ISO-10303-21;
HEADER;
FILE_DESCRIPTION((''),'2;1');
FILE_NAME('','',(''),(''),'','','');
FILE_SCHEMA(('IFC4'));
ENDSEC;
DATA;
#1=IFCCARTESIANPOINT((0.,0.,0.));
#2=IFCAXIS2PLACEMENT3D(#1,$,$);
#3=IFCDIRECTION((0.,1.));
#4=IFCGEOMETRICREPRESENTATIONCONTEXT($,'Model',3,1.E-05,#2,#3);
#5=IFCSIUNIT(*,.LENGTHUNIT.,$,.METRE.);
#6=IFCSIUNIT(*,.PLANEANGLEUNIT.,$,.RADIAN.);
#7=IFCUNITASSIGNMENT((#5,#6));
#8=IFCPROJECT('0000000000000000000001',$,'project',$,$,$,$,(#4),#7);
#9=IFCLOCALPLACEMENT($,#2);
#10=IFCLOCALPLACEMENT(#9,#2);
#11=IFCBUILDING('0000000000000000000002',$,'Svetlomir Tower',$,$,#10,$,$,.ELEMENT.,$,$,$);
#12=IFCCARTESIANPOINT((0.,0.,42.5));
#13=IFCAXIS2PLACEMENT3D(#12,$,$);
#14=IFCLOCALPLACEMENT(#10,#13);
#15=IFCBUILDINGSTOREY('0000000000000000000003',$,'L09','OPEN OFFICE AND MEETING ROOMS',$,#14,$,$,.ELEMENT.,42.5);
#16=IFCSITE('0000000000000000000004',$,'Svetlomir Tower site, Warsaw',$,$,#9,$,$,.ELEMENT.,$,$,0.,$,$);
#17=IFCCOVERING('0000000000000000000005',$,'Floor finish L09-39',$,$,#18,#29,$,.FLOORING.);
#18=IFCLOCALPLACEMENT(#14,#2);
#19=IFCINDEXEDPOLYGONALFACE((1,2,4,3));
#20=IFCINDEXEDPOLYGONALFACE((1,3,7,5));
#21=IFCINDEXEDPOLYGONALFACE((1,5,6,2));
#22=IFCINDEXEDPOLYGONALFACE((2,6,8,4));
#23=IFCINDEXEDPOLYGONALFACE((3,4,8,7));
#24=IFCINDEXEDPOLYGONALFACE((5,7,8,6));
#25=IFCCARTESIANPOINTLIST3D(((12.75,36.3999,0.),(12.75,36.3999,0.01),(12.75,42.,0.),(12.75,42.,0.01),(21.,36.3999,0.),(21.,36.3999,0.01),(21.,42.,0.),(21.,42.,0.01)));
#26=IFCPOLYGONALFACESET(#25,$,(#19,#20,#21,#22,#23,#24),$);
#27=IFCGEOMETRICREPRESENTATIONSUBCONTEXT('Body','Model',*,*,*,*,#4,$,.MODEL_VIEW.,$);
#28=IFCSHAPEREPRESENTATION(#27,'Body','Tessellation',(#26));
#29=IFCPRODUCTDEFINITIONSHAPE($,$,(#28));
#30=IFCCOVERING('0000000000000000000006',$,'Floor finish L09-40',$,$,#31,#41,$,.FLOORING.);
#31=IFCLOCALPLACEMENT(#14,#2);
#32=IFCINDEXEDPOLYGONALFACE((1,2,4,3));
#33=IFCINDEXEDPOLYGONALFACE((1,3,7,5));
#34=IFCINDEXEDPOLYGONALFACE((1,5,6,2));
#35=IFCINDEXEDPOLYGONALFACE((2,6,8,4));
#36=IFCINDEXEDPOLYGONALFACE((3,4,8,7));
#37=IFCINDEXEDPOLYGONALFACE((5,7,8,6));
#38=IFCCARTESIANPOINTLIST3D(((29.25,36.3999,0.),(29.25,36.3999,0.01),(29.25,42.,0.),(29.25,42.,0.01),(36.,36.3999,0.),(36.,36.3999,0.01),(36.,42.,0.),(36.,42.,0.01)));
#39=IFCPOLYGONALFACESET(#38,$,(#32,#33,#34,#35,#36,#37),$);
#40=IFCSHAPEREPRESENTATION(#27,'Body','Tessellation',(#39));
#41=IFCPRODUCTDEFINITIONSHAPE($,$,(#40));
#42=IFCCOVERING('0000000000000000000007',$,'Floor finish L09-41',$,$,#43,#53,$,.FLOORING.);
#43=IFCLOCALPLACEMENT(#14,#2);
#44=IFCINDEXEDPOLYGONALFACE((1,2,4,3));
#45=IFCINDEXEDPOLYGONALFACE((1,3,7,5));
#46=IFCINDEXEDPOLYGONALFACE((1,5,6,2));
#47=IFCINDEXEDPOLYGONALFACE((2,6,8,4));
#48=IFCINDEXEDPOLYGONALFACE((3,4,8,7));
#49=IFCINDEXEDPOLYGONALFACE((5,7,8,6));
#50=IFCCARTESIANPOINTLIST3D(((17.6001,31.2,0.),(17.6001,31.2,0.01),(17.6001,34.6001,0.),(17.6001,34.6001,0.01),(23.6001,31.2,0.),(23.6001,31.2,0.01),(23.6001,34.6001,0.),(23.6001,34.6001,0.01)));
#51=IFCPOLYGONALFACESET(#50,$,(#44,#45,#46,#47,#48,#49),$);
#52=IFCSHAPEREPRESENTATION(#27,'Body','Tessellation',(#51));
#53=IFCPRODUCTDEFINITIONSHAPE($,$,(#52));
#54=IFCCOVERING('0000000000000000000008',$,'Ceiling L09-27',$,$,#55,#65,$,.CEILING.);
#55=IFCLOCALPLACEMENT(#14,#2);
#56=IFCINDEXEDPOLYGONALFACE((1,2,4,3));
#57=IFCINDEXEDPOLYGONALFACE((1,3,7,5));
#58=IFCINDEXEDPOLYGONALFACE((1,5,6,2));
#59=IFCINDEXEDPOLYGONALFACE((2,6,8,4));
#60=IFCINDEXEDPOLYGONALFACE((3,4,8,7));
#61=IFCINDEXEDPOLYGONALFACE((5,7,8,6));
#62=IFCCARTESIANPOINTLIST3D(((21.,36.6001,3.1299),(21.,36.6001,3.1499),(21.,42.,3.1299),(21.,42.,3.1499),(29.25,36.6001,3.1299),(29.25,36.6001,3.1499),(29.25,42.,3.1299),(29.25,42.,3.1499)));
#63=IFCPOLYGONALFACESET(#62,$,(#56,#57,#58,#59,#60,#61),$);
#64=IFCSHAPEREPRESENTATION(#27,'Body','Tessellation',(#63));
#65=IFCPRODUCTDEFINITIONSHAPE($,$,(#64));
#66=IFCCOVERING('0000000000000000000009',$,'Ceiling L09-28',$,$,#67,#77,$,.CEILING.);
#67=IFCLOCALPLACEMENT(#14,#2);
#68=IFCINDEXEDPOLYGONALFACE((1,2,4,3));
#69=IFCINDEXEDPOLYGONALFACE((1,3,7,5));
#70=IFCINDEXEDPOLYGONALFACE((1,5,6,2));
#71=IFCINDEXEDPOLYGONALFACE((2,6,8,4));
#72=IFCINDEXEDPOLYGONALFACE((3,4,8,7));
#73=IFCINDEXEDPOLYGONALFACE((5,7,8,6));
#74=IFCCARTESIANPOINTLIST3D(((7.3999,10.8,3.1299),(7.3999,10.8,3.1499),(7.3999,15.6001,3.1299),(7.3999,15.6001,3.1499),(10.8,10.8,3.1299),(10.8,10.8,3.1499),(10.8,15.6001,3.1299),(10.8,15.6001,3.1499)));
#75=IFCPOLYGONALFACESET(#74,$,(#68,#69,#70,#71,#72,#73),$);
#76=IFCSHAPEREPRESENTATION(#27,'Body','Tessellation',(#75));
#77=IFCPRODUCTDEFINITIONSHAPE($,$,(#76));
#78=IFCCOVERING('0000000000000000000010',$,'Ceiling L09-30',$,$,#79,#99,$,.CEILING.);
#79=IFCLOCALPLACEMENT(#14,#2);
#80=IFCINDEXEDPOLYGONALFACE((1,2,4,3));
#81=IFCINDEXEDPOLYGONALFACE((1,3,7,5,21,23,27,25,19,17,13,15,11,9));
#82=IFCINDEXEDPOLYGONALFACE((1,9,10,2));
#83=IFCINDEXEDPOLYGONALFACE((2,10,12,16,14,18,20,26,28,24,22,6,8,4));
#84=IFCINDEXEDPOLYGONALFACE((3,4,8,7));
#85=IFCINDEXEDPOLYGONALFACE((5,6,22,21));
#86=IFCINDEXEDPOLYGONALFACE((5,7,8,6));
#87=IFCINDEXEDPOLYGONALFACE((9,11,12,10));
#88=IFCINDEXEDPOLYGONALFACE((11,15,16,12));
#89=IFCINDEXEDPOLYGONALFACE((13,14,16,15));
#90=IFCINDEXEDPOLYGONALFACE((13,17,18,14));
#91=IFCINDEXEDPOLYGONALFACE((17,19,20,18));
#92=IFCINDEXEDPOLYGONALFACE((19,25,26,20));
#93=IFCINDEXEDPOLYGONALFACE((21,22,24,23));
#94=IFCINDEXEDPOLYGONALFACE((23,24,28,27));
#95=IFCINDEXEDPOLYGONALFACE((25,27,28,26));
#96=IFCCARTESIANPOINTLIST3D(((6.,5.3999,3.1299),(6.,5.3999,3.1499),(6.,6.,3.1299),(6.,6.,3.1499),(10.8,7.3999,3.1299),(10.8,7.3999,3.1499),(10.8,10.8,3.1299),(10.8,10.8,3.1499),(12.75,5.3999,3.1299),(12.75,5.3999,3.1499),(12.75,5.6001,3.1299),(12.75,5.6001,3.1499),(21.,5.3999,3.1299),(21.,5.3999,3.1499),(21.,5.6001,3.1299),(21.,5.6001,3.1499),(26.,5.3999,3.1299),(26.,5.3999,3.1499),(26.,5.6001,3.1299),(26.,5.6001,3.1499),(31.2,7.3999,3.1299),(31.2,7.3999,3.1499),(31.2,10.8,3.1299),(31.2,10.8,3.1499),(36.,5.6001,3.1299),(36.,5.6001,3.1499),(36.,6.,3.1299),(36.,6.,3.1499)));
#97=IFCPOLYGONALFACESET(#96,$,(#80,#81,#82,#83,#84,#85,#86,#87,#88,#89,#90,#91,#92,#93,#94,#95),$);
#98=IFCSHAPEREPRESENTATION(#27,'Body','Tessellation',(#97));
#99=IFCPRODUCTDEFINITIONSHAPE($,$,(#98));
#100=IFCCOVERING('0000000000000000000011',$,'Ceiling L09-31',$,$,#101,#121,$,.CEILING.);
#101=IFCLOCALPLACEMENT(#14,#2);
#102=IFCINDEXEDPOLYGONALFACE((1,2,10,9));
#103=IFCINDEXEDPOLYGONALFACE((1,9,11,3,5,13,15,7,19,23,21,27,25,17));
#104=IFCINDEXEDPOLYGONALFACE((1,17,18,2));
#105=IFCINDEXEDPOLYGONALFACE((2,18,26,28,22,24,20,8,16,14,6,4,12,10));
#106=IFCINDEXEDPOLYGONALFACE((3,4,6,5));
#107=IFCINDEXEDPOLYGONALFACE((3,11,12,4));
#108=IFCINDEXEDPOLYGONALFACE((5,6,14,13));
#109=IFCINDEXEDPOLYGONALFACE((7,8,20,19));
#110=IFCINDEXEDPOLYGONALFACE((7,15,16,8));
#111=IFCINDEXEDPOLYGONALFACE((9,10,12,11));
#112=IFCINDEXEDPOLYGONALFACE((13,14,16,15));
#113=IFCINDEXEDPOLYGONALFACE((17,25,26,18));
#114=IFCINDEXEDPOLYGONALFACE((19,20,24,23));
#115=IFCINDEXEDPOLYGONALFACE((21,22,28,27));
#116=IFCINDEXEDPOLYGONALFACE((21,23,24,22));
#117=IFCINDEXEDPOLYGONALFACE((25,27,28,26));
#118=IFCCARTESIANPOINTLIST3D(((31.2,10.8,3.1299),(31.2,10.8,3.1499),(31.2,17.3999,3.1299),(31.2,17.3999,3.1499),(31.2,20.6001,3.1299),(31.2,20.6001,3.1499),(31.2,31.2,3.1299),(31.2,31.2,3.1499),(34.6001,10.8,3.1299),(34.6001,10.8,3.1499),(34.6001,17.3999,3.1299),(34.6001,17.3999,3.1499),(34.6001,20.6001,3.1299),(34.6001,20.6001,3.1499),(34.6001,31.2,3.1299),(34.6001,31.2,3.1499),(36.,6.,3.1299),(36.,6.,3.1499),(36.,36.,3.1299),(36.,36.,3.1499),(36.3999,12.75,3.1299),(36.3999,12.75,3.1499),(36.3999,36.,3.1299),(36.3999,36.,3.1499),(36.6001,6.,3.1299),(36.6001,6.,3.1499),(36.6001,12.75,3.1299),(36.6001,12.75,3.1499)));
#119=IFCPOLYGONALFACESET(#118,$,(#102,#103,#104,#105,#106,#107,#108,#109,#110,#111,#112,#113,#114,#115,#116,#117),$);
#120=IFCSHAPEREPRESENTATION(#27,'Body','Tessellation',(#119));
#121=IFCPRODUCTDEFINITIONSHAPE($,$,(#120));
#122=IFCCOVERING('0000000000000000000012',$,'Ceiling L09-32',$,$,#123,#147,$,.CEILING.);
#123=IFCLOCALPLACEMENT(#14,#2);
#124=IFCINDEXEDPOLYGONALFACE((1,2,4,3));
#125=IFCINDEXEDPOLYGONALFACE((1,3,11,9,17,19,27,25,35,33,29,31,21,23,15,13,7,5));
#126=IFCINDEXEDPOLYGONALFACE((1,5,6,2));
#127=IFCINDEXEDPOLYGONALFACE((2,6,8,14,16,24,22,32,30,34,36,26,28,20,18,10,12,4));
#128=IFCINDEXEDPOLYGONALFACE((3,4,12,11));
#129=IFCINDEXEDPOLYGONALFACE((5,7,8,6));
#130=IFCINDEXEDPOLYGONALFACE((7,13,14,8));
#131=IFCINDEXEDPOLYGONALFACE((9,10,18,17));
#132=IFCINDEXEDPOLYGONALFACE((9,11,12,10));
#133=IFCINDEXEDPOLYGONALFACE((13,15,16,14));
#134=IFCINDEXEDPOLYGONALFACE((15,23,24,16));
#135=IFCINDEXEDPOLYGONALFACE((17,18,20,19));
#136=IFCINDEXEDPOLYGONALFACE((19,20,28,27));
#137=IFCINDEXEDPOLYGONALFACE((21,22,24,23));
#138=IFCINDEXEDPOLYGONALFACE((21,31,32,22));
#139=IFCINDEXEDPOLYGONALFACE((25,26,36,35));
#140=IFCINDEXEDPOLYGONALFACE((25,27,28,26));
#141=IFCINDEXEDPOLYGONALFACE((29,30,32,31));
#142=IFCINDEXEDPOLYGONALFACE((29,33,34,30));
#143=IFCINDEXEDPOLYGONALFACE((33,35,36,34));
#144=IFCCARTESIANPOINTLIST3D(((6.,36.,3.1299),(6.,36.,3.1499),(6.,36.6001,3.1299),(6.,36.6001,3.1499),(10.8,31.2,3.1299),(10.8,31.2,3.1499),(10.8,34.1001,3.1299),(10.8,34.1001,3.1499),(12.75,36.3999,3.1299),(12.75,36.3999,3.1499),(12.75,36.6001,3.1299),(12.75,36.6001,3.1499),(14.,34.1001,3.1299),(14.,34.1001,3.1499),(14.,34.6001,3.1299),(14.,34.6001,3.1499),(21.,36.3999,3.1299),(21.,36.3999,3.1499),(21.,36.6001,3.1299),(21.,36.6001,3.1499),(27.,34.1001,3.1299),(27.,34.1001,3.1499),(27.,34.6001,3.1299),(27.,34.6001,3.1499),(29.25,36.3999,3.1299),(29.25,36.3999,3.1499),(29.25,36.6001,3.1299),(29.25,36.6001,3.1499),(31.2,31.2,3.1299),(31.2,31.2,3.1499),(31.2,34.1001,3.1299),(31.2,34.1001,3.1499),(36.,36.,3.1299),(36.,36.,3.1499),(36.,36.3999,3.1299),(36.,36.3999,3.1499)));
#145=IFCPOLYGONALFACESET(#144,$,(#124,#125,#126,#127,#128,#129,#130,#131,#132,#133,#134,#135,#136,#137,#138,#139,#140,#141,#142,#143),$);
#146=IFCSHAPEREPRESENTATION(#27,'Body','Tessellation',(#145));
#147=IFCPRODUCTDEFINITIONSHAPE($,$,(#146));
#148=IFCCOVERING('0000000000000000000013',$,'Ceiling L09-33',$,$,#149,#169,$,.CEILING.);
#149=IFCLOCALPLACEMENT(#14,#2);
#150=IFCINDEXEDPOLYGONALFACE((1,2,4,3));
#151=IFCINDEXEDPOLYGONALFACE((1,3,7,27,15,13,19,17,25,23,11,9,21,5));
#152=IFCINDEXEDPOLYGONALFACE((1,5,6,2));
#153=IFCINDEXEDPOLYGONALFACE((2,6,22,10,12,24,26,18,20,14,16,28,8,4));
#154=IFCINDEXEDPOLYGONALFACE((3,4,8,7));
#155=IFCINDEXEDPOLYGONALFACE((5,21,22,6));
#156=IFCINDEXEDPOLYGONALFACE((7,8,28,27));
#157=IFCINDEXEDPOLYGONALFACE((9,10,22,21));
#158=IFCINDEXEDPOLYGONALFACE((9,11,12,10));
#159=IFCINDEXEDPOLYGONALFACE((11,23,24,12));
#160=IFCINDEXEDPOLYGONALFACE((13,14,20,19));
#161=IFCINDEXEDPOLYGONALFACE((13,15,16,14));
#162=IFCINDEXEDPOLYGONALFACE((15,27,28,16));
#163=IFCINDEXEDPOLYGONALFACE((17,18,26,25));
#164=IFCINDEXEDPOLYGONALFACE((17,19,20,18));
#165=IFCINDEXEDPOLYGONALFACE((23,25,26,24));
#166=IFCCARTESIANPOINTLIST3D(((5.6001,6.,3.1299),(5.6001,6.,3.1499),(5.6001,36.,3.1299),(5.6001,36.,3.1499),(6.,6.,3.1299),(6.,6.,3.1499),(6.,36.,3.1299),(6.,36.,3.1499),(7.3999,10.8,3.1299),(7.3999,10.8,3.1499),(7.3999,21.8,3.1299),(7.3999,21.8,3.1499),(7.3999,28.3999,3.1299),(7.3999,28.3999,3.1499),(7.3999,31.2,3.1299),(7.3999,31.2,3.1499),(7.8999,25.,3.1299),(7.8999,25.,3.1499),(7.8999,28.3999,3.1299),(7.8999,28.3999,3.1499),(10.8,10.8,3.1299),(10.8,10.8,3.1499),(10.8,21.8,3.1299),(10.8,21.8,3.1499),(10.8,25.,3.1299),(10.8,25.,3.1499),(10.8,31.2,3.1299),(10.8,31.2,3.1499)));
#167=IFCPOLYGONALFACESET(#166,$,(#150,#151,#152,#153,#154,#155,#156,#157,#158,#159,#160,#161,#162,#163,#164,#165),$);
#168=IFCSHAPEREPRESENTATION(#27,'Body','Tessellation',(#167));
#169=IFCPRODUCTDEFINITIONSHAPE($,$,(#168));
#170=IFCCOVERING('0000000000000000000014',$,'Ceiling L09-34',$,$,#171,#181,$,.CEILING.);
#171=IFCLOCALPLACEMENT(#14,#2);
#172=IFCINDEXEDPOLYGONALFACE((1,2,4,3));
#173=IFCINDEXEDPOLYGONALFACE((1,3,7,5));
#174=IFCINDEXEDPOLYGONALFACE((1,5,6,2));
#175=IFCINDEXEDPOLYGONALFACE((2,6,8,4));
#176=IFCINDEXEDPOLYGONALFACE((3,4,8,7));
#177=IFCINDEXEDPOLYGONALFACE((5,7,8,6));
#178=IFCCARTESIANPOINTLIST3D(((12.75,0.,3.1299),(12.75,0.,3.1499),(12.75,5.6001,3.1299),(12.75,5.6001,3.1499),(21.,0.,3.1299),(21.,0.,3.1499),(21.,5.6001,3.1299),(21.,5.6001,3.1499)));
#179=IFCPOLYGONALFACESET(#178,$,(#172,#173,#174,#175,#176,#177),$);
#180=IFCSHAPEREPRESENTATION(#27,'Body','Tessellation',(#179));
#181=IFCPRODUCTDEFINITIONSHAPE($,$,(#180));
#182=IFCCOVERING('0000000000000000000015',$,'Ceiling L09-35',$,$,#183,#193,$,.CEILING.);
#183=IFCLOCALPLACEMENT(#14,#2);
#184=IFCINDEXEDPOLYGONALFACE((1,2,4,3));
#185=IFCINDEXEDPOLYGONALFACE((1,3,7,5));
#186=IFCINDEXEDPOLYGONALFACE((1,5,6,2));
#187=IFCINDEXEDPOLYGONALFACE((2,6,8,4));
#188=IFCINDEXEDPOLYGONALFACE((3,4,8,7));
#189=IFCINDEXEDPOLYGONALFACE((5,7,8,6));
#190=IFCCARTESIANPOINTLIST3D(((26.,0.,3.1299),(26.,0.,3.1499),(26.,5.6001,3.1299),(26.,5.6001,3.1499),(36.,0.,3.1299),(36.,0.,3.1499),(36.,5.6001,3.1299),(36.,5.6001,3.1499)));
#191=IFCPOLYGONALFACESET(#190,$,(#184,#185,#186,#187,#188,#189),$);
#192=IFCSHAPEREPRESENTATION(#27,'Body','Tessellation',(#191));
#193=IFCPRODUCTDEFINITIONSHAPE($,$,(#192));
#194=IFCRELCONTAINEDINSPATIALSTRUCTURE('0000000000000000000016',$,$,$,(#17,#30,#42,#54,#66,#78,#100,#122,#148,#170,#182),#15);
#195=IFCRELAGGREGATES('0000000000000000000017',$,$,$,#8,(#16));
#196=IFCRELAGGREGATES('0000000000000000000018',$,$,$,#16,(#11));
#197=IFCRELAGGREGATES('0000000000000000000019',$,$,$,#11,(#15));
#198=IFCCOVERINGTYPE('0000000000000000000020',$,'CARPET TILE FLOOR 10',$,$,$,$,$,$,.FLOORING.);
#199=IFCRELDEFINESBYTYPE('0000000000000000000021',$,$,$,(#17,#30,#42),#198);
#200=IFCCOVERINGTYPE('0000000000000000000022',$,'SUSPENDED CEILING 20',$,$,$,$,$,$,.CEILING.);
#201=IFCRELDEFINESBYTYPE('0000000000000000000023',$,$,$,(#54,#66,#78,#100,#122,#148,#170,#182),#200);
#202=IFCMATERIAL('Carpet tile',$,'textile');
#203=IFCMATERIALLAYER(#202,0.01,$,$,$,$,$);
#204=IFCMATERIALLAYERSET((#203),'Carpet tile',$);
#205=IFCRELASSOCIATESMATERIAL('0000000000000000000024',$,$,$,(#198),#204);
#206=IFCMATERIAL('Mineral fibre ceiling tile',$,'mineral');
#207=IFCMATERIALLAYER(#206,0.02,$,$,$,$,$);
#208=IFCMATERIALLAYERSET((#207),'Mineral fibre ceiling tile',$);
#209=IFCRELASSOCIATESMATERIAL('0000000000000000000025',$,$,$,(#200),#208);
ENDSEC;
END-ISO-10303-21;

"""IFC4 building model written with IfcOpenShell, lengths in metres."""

from ifc_helpers import new_model, si_unit, direction, frame, origin, place, context, subcontext, project, spatial, polyline, outline, extrude, material, layer, layer_set, type_object, element, save


model = new_model("IFC4")

# Units and contexts
model_context = context("Model", 3, precision=1e-05, world=origin(), true_north=direction((0.0, 1.0)))
body_context = subcontext(model_context, "Body", "Model", "MODEL_VIEW")
ifc_project = project(units=[si_unit("LENGTHUNIT", "METRE"), si_unit("PLANEANGLEUNIT", "RADIAN")], contexts=[model_context])

# Site, building, storey
site_placement = place(None, origin())
site = spatial("IfcSite", under=ifc_project, at=site_placement, Name="Svetlomir Tower site, Warsaw", CompositionType="ELEMENT", RefElevation=0.0)
building_placement = place(site_placement, origin())
building = spatial("IfcBuilding", under=site, at=building_placement, Name="Svetlomir Tower", CompositionType="ELEMENT")
storey_placement = place(building_placement, frame((0.0, 0.0, 42.5)))
storey = spatial("IfcBuildingStorey", under=building, at=storey_placement, Name="L09", Description="OPEN OFFICE AND MEETING ROOMS", CompositionType="ELEMENT", Elevation=42.5)

# Coverings
ifc_material_1 = material(Name="Carpet tile", Category="textile")
ifc_layer_1 = layer(ifc_material_1, 0.01)
ifc_layer_set_1 = layer_set([ifc_layer_1], Name="Carpet tile")
covering_type_1 = type_object("IfcCoveringType", Name="CARPET TILE FLOOR 10", PredefinedType="FLOORING", material=ifc_layer_set_1)
covering_1_placement = place(storey_placement, origin())
element("IfcCovering", 1, at=covering_1_placement, inside=storey, type_object=covering_type_1, Name="Floor finish L09-39", PredefinedType="FLOORING", context=body_context, shape_type="SweptSolid", body=[
    extrude(outline(polyline([(21.0, 42.0), (21.0, 36.3999), (12.75, 36.3999), (12.75, 42.0), (21.0, 42.0)])), origin(), (0.0, 0.0, 1.0), 0.01),
])
covering_2_placement = place(storey_placement, origin())
element("IfcCovering", 2, at=covering_2_placement, inside=storey, type_object=covering_type_1, Name="Floor finish L09-40", PredefinedType="FLOORING", context=body_context, shape_type="SweptSolid", body=[
    extrude(outline(polyline([(36.0, 42.0), (36.0, 36.3999), (29.25, 36.3999), (29.25, 42.0), (36.0, 42.0)])), origin(), (0.0, 0.0, 1.0), 0.01),
])
covering_3_placement = place(storey_placement, origin())
element("IfcCovering", 3, at=covering_3_placement, inside=storey, type_object=covering_type_1, Name="Floor finish L09-41", PredefinedType="FLOORING", context=body_context, shape_type="SweptSolid", body=[
    extrude(outline(polyline([(17.6001, 31.2), (17.6001, 34.6001), (23.6001, 34.6001), (23.6001, 31.2), (17.6001, 31.2)])), origin(), (0.0, 0.0, 1.0), 0.01),
])
ifc_material_2 = material(Name="Mineral fibre ceiling tile", Category="mineral")
ifc_layer_2 = layer(ifc_material_2, 0.02)
ifc_layer_set_2 = layer_set([ifc_layer_2], Name="Mineral fibre ceiling tile")
covering_type_2 = type_object("IfcCoveringType", Name="SUSPENDED CEILING 20", PredefinedType="CEILING", material=ifc_layer_set_2)
covering_4_placement = place(storey_placement, frame((0.0, 0.0, 3.1299)))
element("IfcCovering", 4, at=covering_4_placement, inside=storey, type_object=covering_type_2, Name="Ceiling L09-27", PredefinedType="CEILING", context=body_context, shape_type="SweptSolid", body=[
    extrude(outline(polyline([(21.0, 36.6001), (29.25, 36.6001), (29.25, 42.0), (21.0, 42.0), (21.0, 36.6001)])), origin(), (0.0, 0.0, 1.0), 0.02),
])
covering_5_placement = place(storey_placement, frame((0.0, 0.0, 3.1299)))
element("IfcCovering", 5, at=covering_5_placement, inside=storey, type_object=covering_type_2, Name="Ceiling L09-28", PredefinedType="CEILING", context=body_context, shape_type="SweptSolid", body=[
    extrude(outline(polyline([(7.3999, 10.8), (10.8, 10.8), (10.8, 15.6001), (7.3999, 15.6001), (7.3999, 10.8)])), origin(), (0.0, 0.0, 1.0), 0.02),
])
covering_6_placement = place(storey_placement, frame((0.0, 0.0, 3.1299)))
element("IfcCovering", 6, at=covering_6_placement, inside=storey, type_object=covering_type_2, Name="Ceiling L09-30", PredefinedType="CEILING", context=body_context, shape_type="SweptSolid", body=[
    extrude(outline(polyline([(6.0, 6.0), (10.8, 10.8), (10.8, 7.3999), (31.2, 7.3999), (31.2, 10.8), (36.0, 6.0), (36.0, 5.6001), (26.0, 5.6001), (26.0, 5.3999), (21.0, 5.3999), (21.0, 5.6001), (12.75, 5.6001), (12.75, 5.3999), (6.0, 5.3999), (6.0, 6.0)])), origin(), (0.0, 0.0, 1.0), 0.02),
])
covering_7_placement = place(storey_placement, frame((0.0, 0.0, 3.1299)))
element("IfcCovering", 7, at=covering_7_placement, inside=storey, type_object=covering_type_2, Name="Ceiling L09-31", PredefinedType="CEILING", context=body_context, shape_type="SweptSolid", body=[
    extrude(outline(polyline([(31.2, 10.8), (34.6001, 10.8), (34.6001, 17.3999), (31.2, 17.3999), (31.2, 20.6001), (34.6001, 20.6001), (34.6001, 31.2), (31.2, 31.2), (36.0, 36.0), (36.3999, 36.0), (36.3999, 12.75), (36.6001, 12.75), (36.6001, 6.0), (36.0, 6.0), (31.2, 10.8)])), origin(), (0.0, 0.0, 1.0), 0.02),
])
covering_8_placement = place(storey_placement, frame((0.0, 0.0, 3.1299)))
element("IfcCovering", 8, at=covering_8_placement, inside=storey, type_object=covering_type_2, Name="Ceiling L09-32", PredefinedType="CEILING", context=body_context, shape_type="SweptSolid", body=[
    extrude(outline(polyline([(6.0, 36.6001), (12.75, 36.6001), (12.75, 36.3999), (21.0, 36.3999), (21.0, 36.6001), (29.25, 36.6001), (29.25, 36.3999), (36.0, 36.3999), (36.0, 36.0), (31.2, 31.2), (31.2, 34.1001), (27.0, 34.1001), (27.0, 34.6001), (14.0, 34.6001), (14.0, 34.1001), (10.8, 34.1001), (10.8, 31.2), (6.0, 36.0), (6.0, 36.6001)])), origin(), (0.0, 0.0, 1.0), 0.02),
])
covering_9_placement = place(storey_placement, frame((0.0, 0.0, 3.1299)))
element("IfcCovering", 9, at=covering_9_placement, inside=storey, type_object=covering_type_2, Name="Ceiling L09-33", PredefinedType="CEILING", context=body_context, shape_type="SweptSolid", body=[
    extrude(outline(polyline([(5.6001, 6.0), (5.6001, 36.0), (6.0, 36.0), (10.8, 31.2), (7.3999, 31.2), (7.3999, 28.3999), (7.8999, 28.3999), (7.8999, 25.0), (10.8, 25.0), (10.8, 21.8), (7.3999, 21.8), (7.3999, 10.8), (10.8, 10.8), (6.0, 6.0), (5.6001, 6.0)])), origin(), (0.0, 0.0, 1.0), 0.02),
])
covering_10_placement = place(storey_placement, frame((0.0, 0.0, 3.1299)))
element("IfcCovering", 10, at=covering_10_placement, inside=storey, type_object=covering_type_2, Name="Ceiling L09-34", PredefinedType="CEILING", context=body_context, shape_type="SweptSolid", body=[
    extrude(outline(polyline([(12.75, 5.6001), (21.0, 5.6001), (21.0, 0.0), (12.75, 0.0), (12.75, 5.6001)])), origin(), (0.0, 0.0, 1.0), 0.02),
])
covering_11_placement = place(storey_placement, frame((0.0, 0.0, 3.1299)))
element("IfcCovering", 11, at=covering_11_placement, inside=storey, type_object=covering_type_2, Name="Ceiling L09-35", PredefinedType="CEILING", context=body_context, shape_type="SweptSolid", body=[
    extrude(outline(polyline([(26.0, 0.0), (26.0, 5.6001), (36.0, 5.6001), (36.0, 0.0), (26.0, 0.0)])), origin(), (0.0, 0.0, 1.0), 0.02),
])

save(model, "model.ifc")
